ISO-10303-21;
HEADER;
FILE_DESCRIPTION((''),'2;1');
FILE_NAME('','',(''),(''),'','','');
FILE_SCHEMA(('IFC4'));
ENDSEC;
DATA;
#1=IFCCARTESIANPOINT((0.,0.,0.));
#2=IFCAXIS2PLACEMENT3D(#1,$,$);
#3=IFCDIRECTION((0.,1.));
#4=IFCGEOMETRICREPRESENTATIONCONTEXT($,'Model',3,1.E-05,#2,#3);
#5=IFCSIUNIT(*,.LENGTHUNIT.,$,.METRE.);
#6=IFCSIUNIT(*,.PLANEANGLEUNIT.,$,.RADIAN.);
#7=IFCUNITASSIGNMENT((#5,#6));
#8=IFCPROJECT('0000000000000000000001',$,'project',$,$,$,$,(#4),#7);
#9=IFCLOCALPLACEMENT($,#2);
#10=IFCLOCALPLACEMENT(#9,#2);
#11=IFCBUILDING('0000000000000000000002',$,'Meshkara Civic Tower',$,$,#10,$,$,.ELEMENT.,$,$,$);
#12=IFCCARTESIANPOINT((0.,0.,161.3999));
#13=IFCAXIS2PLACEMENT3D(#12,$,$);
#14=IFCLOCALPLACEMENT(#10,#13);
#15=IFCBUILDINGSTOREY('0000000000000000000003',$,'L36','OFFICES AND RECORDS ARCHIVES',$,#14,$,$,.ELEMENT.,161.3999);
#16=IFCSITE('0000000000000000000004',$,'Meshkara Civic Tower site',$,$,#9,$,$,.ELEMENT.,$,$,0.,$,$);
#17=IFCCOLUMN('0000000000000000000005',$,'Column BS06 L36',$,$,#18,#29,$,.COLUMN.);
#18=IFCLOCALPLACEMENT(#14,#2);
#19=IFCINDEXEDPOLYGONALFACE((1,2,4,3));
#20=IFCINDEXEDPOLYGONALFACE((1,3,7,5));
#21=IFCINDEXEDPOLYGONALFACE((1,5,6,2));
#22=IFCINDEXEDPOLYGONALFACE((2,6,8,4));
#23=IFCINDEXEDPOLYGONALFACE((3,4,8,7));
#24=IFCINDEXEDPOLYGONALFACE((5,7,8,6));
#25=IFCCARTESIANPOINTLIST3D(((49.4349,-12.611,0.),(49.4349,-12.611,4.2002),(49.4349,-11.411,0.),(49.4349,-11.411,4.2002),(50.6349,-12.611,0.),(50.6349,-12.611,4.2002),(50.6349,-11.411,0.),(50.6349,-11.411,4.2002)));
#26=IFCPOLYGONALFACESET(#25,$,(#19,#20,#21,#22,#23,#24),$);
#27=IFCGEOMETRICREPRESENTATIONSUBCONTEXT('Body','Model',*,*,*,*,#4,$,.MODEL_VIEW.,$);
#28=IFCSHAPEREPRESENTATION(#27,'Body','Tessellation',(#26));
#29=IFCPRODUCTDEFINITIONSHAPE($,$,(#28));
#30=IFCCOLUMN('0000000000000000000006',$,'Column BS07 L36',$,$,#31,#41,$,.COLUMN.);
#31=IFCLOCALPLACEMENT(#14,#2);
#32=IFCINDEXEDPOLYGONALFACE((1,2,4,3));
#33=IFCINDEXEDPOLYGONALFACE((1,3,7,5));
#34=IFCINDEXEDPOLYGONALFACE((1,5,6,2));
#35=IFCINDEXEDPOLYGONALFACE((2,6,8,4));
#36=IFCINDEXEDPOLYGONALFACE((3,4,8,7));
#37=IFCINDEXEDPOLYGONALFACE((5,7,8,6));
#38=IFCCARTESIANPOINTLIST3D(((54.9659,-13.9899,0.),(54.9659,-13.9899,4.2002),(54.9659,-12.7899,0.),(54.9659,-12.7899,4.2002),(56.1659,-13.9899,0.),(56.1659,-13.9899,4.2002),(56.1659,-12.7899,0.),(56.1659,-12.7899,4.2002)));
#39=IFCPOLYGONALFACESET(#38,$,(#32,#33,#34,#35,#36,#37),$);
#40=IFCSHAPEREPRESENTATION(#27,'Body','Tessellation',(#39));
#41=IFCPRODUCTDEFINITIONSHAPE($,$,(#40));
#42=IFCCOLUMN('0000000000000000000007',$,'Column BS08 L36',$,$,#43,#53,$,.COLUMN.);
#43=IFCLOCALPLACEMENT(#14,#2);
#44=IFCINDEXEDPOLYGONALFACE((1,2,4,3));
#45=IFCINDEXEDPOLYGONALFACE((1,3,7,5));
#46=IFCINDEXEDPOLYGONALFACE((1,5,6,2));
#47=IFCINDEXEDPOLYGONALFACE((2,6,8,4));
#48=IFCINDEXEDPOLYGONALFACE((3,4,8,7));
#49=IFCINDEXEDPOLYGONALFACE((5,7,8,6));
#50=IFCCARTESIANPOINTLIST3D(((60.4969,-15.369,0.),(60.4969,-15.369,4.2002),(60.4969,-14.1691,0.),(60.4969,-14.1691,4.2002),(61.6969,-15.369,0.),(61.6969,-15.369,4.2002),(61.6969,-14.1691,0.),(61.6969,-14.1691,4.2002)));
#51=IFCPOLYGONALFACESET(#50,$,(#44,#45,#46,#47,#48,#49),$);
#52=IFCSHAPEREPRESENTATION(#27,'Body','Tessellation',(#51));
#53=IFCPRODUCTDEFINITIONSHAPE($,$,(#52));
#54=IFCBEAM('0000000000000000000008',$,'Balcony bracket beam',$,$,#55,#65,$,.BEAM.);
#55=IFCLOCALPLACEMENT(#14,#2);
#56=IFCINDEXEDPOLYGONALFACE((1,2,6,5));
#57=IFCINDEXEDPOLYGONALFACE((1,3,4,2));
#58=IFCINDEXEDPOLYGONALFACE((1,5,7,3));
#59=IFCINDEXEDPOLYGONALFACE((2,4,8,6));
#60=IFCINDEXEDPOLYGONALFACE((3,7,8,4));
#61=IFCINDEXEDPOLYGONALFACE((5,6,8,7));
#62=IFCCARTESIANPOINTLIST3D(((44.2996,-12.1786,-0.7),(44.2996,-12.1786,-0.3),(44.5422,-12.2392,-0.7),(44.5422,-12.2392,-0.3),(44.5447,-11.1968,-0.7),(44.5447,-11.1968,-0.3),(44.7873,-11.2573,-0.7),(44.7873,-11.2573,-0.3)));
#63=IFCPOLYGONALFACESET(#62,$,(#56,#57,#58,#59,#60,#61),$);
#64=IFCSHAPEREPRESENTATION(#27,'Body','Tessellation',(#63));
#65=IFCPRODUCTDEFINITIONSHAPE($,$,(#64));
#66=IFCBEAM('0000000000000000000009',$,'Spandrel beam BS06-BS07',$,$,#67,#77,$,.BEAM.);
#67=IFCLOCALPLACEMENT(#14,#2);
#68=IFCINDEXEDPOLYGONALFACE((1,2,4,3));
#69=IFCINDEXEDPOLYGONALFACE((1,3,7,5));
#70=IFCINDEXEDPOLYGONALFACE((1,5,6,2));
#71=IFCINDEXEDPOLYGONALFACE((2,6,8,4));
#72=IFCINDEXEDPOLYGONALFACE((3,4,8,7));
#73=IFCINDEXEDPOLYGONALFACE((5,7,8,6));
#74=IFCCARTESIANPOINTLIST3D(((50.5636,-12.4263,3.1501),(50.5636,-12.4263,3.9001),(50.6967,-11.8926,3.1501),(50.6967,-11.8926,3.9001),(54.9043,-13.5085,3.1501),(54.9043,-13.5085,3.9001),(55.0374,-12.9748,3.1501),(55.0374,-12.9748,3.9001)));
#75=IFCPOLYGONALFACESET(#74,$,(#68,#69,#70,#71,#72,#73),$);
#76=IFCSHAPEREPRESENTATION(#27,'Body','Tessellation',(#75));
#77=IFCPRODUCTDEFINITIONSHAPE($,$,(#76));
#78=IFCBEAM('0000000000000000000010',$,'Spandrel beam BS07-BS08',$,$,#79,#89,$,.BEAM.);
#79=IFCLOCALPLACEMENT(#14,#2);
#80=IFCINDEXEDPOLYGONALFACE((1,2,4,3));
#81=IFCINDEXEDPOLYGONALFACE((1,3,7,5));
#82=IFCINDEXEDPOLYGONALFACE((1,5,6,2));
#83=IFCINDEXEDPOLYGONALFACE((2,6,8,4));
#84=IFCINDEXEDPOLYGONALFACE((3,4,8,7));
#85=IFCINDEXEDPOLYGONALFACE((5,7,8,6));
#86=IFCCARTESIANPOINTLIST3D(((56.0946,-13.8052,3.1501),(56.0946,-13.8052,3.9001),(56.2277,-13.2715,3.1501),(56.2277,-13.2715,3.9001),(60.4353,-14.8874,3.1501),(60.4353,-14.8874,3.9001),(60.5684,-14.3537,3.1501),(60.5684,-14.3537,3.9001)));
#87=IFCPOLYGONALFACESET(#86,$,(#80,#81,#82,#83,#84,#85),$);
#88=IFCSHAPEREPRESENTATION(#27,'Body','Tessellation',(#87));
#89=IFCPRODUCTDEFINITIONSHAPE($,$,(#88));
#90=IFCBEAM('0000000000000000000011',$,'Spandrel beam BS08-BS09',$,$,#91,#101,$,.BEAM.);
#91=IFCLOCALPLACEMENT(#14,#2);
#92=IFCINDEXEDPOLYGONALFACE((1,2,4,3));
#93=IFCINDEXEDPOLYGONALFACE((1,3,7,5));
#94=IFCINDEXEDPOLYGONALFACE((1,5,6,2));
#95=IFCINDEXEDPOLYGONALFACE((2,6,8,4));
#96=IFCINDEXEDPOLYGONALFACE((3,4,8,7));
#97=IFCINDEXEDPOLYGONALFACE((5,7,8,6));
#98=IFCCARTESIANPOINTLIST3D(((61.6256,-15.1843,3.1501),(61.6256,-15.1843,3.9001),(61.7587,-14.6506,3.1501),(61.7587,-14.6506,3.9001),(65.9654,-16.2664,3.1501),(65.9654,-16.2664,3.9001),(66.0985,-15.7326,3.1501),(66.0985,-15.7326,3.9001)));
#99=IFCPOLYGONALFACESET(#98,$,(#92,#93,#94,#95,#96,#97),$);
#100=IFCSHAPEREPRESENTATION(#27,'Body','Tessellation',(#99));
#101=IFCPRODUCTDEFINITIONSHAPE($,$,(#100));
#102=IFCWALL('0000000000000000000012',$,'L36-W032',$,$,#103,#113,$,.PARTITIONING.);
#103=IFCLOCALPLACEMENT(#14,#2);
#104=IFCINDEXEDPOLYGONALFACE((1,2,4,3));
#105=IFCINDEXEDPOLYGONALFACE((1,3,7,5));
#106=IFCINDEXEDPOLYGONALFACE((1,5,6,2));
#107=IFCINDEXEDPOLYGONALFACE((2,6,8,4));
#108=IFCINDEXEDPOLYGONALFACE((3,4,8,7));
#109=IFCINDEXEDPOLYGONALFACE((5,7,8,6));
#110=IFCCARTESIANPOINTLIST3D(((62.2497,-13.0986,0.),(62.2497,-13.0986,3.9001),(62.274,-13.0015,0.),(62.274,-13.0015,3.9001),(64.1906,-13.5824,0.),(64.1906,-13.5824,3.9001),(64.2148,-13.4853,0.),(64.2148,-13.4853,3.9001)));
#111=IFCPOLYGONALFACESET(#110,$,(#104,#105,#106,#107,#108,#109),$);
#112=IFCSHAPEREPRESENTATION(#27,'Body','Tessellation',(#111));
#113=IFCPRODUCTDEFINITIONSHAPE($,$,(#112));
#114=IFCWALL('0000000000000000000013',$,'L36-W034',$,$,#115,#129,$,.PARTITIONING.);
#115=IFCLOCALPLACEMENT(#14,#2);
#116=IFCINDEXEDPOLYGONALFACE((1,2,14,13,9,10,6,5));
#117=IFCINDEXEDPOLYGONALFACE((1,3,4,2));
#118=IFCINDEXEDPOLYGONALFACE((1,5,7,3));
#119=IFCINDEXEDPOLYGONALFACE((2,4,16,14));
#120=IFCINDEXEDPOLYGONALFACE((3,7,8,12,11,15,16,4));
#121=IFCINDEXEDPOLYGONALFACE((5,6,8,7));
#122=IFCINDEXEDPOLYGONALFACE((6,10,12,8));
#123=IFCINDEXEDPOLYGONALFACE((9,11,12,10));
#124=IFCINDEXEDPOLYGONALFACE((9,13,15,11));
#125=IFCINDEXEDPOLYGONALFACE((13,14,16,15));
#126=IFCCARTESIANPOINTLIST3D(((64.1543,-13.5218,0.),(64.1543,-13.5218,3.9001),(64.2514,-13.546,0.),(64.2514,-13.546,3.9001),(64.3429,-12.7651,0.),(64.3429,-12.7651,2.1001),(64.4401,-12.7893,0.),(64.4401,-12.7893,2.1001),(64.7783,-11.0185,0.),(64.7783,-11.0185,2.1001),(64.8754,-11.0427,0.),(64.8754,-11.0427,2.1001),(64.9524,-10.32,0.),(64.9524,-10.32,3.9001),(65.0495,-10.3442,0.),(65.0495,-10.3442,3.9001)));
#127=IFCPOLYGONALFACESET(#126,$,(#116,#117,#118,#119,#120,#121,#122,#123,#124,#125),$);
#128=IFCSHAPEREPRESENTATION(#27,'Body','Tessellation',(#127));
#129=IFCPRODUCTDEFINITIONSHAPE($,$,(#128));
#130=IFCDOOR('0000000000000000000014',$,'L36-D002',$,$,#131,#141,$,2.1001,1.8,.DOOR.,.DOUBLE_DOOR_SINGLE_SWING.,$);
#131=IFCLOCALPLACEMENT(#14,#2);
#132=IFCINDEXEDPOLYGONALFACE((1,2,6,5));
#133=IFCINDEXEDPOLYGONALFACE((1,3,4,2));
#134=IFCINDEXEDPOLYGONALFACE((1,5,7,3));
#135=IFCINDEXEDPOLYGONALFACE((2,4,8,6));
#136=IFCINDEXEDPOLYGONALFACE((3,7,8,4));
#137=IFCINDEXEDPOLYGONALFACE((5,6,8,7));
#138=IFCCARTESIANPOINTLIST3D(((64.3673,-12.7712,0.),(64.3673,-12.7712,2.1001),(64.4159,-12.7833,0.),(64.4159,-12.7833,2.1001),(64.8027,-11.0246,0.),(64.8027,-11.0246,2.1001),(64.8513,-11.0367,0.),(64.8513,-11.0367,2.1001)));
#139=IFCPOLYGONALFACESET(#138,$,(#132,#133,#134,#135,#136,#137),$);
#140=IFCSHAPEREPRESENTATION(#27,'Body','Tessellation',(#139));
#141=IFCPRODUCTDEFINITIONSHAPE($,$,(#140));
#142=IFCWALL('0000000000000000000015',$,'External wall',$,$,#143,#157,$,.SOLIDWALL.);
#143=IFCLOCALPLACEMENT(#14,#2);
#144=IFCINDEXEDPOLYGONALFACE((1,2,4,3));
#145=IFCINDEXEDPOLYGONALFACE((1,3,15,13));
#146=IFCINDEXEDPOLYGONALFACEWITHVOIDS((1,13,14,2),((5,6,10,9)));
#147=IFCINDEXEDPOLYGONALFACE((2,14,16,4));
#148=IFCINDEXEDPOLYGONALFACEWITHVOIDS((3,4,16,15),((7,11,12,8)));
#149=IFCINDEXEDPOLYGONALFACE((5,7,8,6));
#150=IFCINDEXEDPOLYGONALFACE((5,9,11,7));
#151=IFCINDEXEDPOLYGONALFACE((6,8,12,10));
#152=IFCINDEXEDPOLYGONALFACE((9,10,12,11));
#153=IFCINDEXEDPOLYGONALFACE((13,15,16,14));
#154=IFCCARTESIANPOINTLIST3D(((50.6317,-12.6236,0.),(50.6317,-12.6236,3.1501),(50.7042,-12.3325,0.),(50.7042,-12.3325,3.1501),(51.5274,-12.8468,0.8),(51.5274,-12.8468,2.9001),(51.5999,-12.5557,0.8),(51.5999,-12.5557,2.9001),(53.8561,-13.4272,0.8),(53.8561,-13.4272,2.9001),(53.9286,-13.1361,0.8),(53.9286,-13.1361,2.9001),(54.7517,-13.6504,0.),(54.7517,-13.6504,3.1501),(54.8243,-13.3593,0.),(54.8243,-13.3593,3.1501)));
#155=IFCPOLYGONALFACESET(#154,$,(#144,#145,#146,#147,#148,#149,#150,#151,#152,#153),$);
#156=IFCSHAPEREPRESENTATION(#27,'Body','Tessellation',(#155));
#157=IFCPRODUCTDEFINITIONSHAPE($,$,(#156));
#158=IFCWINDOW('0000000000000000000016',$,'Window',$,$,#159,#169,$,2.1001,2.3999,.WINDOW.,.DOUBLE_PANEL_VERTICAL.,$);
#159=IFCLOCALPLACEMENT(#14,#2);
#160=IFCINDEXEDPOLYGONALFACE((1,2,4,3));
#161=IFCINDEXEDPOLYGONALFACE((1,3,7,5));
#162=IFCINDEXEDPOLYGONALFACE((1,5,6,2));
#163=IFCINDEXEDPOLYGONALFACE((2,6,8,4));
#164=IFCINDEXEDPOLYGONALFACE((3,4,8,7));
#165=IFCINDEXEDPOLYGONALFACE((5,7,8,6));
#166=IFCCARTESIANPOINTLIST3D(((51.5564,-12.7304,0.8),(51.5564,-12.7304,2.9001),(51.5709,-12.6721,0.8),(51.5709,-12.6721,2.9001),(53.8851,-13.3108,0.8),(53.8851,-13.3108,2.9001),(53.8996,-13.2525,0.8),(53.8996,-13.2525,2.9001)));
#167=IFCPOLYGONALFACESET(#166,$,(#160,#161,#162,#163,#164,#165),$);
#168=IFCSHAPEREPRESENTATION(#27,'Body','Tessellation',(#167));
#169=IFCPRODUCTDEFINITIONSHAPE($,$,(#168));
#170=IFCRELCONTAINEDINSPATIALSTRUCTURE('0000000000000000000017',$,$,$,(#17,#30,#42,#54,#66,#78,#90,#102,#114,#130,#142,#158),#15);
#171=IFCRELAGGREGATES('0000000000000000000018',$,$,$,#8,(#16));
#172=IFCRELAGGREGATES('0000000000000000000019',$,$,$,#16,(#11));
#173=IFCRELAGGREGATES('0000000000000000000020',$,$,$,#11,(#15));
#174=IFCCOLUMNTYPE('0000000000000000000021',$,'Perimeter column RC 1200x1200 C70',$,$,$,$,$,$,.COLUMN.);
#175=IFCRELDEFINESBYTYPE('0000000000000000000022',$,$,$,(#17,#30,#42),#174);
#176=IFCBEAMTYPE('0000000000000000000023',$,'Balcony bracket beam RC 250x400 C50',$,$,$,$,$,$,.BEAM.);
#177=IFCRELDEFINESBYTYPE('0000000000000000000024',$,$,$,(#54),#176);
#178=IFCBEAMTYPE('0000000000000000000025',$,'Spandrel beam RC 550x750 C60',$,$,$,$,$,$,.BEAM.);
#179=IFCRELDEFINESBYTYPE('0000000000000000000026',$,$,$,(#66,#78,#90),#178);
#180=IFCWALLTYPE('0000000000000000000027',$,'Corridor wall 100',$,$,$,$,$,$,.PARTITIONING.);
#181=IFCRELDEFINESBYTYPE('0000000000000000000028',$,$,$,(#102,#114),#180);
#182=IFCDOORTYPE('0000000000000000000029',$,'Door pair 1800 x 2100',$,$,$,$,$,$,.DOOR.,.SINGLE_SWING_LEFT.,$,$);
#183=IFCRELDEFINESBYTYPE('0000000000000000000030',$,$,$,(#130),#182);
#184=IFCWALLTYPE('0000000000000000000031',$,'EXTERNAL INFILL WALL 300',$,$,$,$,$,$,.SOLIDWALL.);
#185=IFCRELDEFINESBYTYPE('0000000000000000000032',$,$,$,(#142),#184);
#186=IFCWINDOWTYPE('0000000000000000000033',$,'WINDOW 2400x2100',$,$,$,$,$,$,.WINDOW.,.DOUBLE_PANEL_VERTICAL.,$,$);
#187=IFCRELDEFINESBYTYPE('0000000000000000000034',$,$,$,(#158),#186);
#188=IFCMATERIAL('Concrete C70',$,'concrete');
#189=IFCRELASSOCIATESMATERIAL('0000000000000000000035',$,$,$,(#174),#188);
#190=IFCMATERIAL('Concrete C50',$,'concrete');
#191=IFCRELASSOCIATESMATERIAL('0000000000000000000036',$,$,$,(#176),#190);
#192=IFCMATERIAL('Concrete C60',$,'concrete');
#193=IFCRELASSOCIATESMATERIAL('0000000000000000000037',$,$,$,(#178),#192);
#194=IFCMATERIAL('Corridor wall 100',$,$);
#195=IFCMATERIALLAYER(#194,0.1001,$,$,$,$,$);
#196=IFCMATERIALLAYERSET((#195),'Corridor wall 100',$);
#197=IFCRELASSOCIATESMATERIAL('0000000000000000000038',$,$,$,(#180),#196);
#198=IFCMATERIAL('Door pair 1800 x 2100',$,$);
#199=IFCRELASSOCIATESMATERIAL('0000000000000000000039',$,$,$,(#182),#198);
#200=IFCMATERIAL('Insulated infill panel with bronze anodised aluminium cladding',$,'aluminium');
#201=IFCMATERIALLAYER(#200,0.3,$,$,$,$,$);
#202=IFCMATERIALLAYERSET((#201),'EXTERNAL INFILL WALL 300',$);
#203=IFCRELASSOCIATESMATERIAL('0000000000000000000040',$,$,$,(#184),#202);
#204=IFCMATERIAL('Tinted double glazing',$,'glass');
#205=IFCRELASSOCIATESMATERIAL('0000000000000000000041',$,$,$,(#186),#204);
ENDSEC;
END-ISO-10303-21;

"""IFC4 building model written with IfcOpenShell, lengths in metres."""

from ifc_helpers import new_model, si_unit, direction, frame, frame_2d, origin, origin_2d, place, context, subcontext, project, spatial, rectangle, extrude, material, layer, layer_set, material_profile, profile_set, type_object, element, fill, save


model = new_model("IFC4")

# Units and contexts
model_context = context("Model", 3, precision=1e-05, world=origin(), true_north=direction((0.0, 1.0)))
body_context = subcontext(model_context, "Body", "Model", "MODEL_VIEW")
ifc_project = project(units=[si_unit("LENGTHUNIT", "METRE"), si_unit("PLANEANGLEUNIT", "RADIAN")], contexts=[model_context])

# Site, building, storey
site_placement = place(None, origin())
site = spatial("IfcSite", under=ifc_project, at=site_placement, Name="Meshkara Civic Tower site", CompositionType="ELEMENT", RefElevation=0.0)
building_placement = place(site_placement, origin())
building = spatial("IfcBuilding", under=site, at=building_placement, Name="Meshkara Civic Tower", CompositionType="ELEMENT")
storey_placement = place(building_placement, frame((0.0, 0.0, 161.3999)))
storey = spatial("IfcBuildingStorey", under=building, at=storey_placement, Name="L36", Description="OFFICES AND RECORDS ARCHIVES", CompositionType="ELEMENT", Elevation=161.3999)

# Columns
ifc_material_1 = material(Name="Concrete C70", Category="concrete")
ifc_material_profile_1 = material_profile(ifc_material_1, rectangle(XDim=1.2, YDim=1.2, at=origin_2d()))
ifc_profile_set_1 = profile_set([ifc_material_profile_1], Name="Concrete C70")
column_type = type_object("IfcColumnType", Name="Perimeter column RC 1200x1200 C70", PredefinedType="COLUMN", material=ifc_profile_set_1)
for number, where, z_axis, x_axis, name in (
    (1, (50.0349, -12.011, 0.0), (0.0, 0.0, 1.0), (1.0, 0.0, 0.0), "Column BS06 L36"),
    (2, (55.5659, -13.3899, 0.0), (0.0, 0.0, 1.0), (1.0, 0.0, 0.0), "Column BS07 L36"),
    (3, (61.0969, -14.769, 0.0), (0.0, 0.0, 1.0), (1.0, 0.0, 0.0), "Column BS08 L36"),
):
    element("IfcColumn", number, at=place(storey_placement, frame(where, z_axis=z_axis, x_axis=x_axis)), inside=storey, type_object=column_type, Name=name, PredefinedType="COLUMN", context=body_context, shape_type="SweptSolid", body=[
        extrude(rectangle(XDim=1.2, YDim=1.2, at=origin_2d()), origin(), (0.0, 0.0, 1.0), 4.2002),
    ])

# Beams
ifc_material_2 = material(Name="Concrete C50", Category="concrete")
ifc_material_profile_2 = material_profile(ifc_material_2, rectangle(XDim=0.25, YDim=0.3999, at=origin_2d()))
ifc_profile_set_2 = profile_set([ifc_material_profile_2], Name="Concrete C50")
beam_type_1 = type_object("IfcBeamType", Name="Balcony bracket beam RC 250x400 C50", PredefinedType="BEAM", material=ifc_profile_set_2)
beam_1_placement = place(storey_placement, frame((44.666, -11.2271, -0.5), z_axis=(-0.242195, -0.970228, 0.0), x_axis=(0.970228, -0.242195, 0.0)))
element("IfcBeam", 4, at=beam_1_placement, inside=storey, type_object=beam_type_1, Name="Balcony bracket beam", PredefinedType="BEAM", context=body_context, shape_type="SweptSolid", body=[
    extrude(rectangle(XDim=0.25, YDim=0.3999, at=origin_2d()), origin(), (0.0, 0.0, 1.0), 1.012),
])
ifc_material_3 = material(Name="Concrete C60", Category="concrete")
ifc_material_profile_3 = material_profile(ifc_material_3, rectangle(XDim=0.55, YDim=0.75, at=origin_2d()))
ifc_profile_set_3 = profile_set([ifc_material_profile_3], Name="Concrete C60")
beam_type_2 = type_object("IfcBeamType", Name="Spandrel beam RC 550x750 C60", PredefinedType="BEAM", material=ifc_profile_set_3)
for number, where, z_axis, x_axis, name in (
    (5, (50.6301, -12.1594, 3.5251), (0.970296, -0.241919, 0.0), (0.241919, 0.970296, 0.0), "Spandrel beam BS06-BS07"),
    (6, (56.1611, -13.5383, 3.5251), (0.970296, -0.241919, 0.0), (0.241919, 0.970296, 0.0), "Spandrel beam BS07-BS08"),
):
    element("IfcBeam", number, at=place(storey_placement, frame(where, z_axis=z_axis, x_axis=x_axis)), inside=storey, type_object=beam_type_2, Name=name, PredefinedType="BEAM", context=body_context, shape_type="SweptSolid", body=[
        extrude(rectangle(XDim=0.55, YDim=0.75, at=origin_2d()), origin(), (0.0, 0.0, 1.0), 4.4736),
    ])
beam_2_placement = place(storey_placement, frame((61.6921, -14.9175, 3.5251), z_axis=(0.970296, -0.241919, 0.0), x_axis=(0.241919, 0.970296, 0.0)))
element("IfcBeam", 7, at=beam_2_placement, inside=storey, type_object=beam_type_2, Name="Spandrel beam BS08-BS09", PredefinedType="BEAM", context=body_context, shape_type="SweptSolid", body=[
    extrude(rectangle(XDim=0.55, YDim=0.75, at=origin_2d()), origin(), (0.0, 0.0, 1.0), 4.4727),
])

# Wall
ifc_material_4 = material(Name="Corridor wall 100")
ifc_layer_1 = layer(ifc_material_4, 0.1001)
ifc_layer_set_1 = layer_set([ifc_layer_1], Name="Corridor wall 100")
wall_type_1 = type_object("IfcWallType", Name="Corridor wall 100", PredefinedType="PARTITIONING", material=ifc_layer_set_1)
wall_1_placement = place(storey_placement, frame((62.262, -13.05, 0.0), z_axis=(0.0, 0.0, 1.0), x_axis=(0.9703, -0.241904, 0.0)))
element("IfcWall", 8, at=wall_1_placement, inside=storey, type_object=wall_type_1, Name="L36-W032", PredefinedType="PARTITIONING", context=body_context, shape_type="SweptSolid", body=[
    extrude(rectangle(XDim=2.0002, YDim=0.1001, at=frame_2d((1.0, 0.0))), origin(), (0.0, 0.0, 1.0), 3.9001),
])

# Wall, opening, door
wall_2_placement = place(storey_placement, frame((64.2029, -13.5339, 0.0), z_axis=(0.0, 0.0, 1.0), x_axis=(0.241857, 0.970312, 0.0)))
wall_2 = element("IfcWall", 9, at=wall_2_placement, inside=storey, type_object=wall_type_1, Name="L36-W034", PredefinedType="PARTITIONING", context=body_context, shape_type="SweptSolid", body=[
    extrude(rectangle(XDim=3.2998, YDim=0.1001, at=frame_2d((1.6499, 0.0))), origin(), (0.0, 0.0, 1.0), 3.9001),
])
opening_1_placement = place(wall_2_placement, frame((0.78, 0.0, 0.0)))
opening_1 = element("IfcOpeningElement", 10, at=opening_1_placement, cuts=wall_2, PredefinedType="OPENING", context=body_context, shape_type="SweptSolid", body=[
    extrude(rectangle(XDim=1.8, YDim=2.1001, at=frame_2d((0.8999, 1.05))), frame((0.0, 0.0601, 0.0), z_axis=(0.0, -1.0, 0.0), x_axis=(1.0, 0.0, 0.0)), (0.0, 0.0, 1.0), 0.1201),
])
ifc_material_5 = material(Name="Door pair 1800 x 2100")
door_type = type_object("IfcDoorType", Name="Door pair 1800 x 2100", OperationType="SINGLE_SWING_LEFT", PredefinedType="DOOR", material=ifc_material_5)
door_placement = place(opening_1_placement, origin())
door = element("IfcDoor", 11, at=door_placement, inside=storey, type_object=door_type, Name="L36-D002", OperationType="DOUBLE_DOOR_SINGLE_SWING", OverallHeight=2.1001, OverallWidth=1.8, PredefinedType="DOOR", context=body_context, shape_type="SweptSolid", body=[
    extrude(rectangle(XDim=1.8, YDim=2.1001, at=frame_2d((0.8999, 1.05))), frame((0.0, 0.0249, 0.0), z_axis=(0.0, -1.0, 0.0), x_axis=(1.0, 0.0, 0.0)), (0.0, 0.0, 1.0), 0.05),
])
fill(opening_1, door)

# Wall, opening, window
ifc_material_6 = material(Name="Insulated infill panel with bronze anodised aluminium cladding", Category="aluminium")
ifc_layer_2 = layer(ifc_material_6, 0.3)
ifc_layer_set_2 = layer_set([ifc_layer_2], Name="EXTERNAL INFILL WALL 300")
wall_type_2 = type_object("IfcWallType", Name="EXTERNAL INFILL WALL 300", PredefinedType="SOLIDWALL", material=ifc_layer_set_2)
wall_3_placement = place(storey_placement, frame((50.668, -12.478, 0.0), z_axis=(0.0, 0.0, 1.0), x_axis=(0.970318, -0.241832, 0.0)))
wall_3 = element("IfcWall", 12, at=wall_3_placement, inside=storey, type_object=wall_type_2, Name="External wall", PredefinedType="SOLIDWALL", context=body_context, shape_type="SweptSolid", body=[
    extrude(rectangle(XDim=4.2461, YDim=0.3, at=frame_2d((2.123, 0.0))), origin(), (0.0, 0.0, 1.0), 3.1501),
])
opening_2_placement = place(wall_3_placement, frame((0.9231, 0.0, 0.8)))
opening_2 = element("IfcOpeningElement", 13, at=opening_2_placement, cuts=wall_3, PredefinedType="OPENING", context=body_context, shape_type="SweptSolid", body=[
    extrude(rectangle(XDim=2.3999, YDim=2.1001, at=frame_2d((1.2, 1.05))), frame((0.0, 0.1599, 0.0), z_axis=(0.0, -1.0, 0.0), x_axis=(1.0, 0.0, 0.0)), (0.0, 0.0, 1.0), 0.3201),
])
ifc_material_7 = material(Name="Tinted double glazing", Category="glass")
window_type = type_object("IfcWindowType", Name="WINDOW 2400x2100", PartitioningType="DOUBLE_PANEL_VERTICAL", PredefinedType="WINDOW", material=ifc_material_7)
window_1_placement = place(opening_2_placement, origin())
window_1 = element("IfcWindow", 14, at=window_1_placement, inside=storey, type_object=window_type, Name="Window", OverallHeight=2.1001, OverallWidth=2.3999, PartitioningType="DOUBLE_PANEL_VERTICAL", PredefinedType="WINDOW", context=body_context, shape_type="SweptSolid", body=[
    extrude(rectangle(XDim=2.3999, YDim=2.1001, at=frame_2d((1.2, 1.05))), frame((0.0, 0.03, 0.0), z_axis=(0.0, -1.0, 0.0), x_axis=(1.0, 0.0, 0.0)), (0.0, 0.0, 1.0), 0.0601),
])
fill(opening_2, window_1)

save(model, "model.ifc")
